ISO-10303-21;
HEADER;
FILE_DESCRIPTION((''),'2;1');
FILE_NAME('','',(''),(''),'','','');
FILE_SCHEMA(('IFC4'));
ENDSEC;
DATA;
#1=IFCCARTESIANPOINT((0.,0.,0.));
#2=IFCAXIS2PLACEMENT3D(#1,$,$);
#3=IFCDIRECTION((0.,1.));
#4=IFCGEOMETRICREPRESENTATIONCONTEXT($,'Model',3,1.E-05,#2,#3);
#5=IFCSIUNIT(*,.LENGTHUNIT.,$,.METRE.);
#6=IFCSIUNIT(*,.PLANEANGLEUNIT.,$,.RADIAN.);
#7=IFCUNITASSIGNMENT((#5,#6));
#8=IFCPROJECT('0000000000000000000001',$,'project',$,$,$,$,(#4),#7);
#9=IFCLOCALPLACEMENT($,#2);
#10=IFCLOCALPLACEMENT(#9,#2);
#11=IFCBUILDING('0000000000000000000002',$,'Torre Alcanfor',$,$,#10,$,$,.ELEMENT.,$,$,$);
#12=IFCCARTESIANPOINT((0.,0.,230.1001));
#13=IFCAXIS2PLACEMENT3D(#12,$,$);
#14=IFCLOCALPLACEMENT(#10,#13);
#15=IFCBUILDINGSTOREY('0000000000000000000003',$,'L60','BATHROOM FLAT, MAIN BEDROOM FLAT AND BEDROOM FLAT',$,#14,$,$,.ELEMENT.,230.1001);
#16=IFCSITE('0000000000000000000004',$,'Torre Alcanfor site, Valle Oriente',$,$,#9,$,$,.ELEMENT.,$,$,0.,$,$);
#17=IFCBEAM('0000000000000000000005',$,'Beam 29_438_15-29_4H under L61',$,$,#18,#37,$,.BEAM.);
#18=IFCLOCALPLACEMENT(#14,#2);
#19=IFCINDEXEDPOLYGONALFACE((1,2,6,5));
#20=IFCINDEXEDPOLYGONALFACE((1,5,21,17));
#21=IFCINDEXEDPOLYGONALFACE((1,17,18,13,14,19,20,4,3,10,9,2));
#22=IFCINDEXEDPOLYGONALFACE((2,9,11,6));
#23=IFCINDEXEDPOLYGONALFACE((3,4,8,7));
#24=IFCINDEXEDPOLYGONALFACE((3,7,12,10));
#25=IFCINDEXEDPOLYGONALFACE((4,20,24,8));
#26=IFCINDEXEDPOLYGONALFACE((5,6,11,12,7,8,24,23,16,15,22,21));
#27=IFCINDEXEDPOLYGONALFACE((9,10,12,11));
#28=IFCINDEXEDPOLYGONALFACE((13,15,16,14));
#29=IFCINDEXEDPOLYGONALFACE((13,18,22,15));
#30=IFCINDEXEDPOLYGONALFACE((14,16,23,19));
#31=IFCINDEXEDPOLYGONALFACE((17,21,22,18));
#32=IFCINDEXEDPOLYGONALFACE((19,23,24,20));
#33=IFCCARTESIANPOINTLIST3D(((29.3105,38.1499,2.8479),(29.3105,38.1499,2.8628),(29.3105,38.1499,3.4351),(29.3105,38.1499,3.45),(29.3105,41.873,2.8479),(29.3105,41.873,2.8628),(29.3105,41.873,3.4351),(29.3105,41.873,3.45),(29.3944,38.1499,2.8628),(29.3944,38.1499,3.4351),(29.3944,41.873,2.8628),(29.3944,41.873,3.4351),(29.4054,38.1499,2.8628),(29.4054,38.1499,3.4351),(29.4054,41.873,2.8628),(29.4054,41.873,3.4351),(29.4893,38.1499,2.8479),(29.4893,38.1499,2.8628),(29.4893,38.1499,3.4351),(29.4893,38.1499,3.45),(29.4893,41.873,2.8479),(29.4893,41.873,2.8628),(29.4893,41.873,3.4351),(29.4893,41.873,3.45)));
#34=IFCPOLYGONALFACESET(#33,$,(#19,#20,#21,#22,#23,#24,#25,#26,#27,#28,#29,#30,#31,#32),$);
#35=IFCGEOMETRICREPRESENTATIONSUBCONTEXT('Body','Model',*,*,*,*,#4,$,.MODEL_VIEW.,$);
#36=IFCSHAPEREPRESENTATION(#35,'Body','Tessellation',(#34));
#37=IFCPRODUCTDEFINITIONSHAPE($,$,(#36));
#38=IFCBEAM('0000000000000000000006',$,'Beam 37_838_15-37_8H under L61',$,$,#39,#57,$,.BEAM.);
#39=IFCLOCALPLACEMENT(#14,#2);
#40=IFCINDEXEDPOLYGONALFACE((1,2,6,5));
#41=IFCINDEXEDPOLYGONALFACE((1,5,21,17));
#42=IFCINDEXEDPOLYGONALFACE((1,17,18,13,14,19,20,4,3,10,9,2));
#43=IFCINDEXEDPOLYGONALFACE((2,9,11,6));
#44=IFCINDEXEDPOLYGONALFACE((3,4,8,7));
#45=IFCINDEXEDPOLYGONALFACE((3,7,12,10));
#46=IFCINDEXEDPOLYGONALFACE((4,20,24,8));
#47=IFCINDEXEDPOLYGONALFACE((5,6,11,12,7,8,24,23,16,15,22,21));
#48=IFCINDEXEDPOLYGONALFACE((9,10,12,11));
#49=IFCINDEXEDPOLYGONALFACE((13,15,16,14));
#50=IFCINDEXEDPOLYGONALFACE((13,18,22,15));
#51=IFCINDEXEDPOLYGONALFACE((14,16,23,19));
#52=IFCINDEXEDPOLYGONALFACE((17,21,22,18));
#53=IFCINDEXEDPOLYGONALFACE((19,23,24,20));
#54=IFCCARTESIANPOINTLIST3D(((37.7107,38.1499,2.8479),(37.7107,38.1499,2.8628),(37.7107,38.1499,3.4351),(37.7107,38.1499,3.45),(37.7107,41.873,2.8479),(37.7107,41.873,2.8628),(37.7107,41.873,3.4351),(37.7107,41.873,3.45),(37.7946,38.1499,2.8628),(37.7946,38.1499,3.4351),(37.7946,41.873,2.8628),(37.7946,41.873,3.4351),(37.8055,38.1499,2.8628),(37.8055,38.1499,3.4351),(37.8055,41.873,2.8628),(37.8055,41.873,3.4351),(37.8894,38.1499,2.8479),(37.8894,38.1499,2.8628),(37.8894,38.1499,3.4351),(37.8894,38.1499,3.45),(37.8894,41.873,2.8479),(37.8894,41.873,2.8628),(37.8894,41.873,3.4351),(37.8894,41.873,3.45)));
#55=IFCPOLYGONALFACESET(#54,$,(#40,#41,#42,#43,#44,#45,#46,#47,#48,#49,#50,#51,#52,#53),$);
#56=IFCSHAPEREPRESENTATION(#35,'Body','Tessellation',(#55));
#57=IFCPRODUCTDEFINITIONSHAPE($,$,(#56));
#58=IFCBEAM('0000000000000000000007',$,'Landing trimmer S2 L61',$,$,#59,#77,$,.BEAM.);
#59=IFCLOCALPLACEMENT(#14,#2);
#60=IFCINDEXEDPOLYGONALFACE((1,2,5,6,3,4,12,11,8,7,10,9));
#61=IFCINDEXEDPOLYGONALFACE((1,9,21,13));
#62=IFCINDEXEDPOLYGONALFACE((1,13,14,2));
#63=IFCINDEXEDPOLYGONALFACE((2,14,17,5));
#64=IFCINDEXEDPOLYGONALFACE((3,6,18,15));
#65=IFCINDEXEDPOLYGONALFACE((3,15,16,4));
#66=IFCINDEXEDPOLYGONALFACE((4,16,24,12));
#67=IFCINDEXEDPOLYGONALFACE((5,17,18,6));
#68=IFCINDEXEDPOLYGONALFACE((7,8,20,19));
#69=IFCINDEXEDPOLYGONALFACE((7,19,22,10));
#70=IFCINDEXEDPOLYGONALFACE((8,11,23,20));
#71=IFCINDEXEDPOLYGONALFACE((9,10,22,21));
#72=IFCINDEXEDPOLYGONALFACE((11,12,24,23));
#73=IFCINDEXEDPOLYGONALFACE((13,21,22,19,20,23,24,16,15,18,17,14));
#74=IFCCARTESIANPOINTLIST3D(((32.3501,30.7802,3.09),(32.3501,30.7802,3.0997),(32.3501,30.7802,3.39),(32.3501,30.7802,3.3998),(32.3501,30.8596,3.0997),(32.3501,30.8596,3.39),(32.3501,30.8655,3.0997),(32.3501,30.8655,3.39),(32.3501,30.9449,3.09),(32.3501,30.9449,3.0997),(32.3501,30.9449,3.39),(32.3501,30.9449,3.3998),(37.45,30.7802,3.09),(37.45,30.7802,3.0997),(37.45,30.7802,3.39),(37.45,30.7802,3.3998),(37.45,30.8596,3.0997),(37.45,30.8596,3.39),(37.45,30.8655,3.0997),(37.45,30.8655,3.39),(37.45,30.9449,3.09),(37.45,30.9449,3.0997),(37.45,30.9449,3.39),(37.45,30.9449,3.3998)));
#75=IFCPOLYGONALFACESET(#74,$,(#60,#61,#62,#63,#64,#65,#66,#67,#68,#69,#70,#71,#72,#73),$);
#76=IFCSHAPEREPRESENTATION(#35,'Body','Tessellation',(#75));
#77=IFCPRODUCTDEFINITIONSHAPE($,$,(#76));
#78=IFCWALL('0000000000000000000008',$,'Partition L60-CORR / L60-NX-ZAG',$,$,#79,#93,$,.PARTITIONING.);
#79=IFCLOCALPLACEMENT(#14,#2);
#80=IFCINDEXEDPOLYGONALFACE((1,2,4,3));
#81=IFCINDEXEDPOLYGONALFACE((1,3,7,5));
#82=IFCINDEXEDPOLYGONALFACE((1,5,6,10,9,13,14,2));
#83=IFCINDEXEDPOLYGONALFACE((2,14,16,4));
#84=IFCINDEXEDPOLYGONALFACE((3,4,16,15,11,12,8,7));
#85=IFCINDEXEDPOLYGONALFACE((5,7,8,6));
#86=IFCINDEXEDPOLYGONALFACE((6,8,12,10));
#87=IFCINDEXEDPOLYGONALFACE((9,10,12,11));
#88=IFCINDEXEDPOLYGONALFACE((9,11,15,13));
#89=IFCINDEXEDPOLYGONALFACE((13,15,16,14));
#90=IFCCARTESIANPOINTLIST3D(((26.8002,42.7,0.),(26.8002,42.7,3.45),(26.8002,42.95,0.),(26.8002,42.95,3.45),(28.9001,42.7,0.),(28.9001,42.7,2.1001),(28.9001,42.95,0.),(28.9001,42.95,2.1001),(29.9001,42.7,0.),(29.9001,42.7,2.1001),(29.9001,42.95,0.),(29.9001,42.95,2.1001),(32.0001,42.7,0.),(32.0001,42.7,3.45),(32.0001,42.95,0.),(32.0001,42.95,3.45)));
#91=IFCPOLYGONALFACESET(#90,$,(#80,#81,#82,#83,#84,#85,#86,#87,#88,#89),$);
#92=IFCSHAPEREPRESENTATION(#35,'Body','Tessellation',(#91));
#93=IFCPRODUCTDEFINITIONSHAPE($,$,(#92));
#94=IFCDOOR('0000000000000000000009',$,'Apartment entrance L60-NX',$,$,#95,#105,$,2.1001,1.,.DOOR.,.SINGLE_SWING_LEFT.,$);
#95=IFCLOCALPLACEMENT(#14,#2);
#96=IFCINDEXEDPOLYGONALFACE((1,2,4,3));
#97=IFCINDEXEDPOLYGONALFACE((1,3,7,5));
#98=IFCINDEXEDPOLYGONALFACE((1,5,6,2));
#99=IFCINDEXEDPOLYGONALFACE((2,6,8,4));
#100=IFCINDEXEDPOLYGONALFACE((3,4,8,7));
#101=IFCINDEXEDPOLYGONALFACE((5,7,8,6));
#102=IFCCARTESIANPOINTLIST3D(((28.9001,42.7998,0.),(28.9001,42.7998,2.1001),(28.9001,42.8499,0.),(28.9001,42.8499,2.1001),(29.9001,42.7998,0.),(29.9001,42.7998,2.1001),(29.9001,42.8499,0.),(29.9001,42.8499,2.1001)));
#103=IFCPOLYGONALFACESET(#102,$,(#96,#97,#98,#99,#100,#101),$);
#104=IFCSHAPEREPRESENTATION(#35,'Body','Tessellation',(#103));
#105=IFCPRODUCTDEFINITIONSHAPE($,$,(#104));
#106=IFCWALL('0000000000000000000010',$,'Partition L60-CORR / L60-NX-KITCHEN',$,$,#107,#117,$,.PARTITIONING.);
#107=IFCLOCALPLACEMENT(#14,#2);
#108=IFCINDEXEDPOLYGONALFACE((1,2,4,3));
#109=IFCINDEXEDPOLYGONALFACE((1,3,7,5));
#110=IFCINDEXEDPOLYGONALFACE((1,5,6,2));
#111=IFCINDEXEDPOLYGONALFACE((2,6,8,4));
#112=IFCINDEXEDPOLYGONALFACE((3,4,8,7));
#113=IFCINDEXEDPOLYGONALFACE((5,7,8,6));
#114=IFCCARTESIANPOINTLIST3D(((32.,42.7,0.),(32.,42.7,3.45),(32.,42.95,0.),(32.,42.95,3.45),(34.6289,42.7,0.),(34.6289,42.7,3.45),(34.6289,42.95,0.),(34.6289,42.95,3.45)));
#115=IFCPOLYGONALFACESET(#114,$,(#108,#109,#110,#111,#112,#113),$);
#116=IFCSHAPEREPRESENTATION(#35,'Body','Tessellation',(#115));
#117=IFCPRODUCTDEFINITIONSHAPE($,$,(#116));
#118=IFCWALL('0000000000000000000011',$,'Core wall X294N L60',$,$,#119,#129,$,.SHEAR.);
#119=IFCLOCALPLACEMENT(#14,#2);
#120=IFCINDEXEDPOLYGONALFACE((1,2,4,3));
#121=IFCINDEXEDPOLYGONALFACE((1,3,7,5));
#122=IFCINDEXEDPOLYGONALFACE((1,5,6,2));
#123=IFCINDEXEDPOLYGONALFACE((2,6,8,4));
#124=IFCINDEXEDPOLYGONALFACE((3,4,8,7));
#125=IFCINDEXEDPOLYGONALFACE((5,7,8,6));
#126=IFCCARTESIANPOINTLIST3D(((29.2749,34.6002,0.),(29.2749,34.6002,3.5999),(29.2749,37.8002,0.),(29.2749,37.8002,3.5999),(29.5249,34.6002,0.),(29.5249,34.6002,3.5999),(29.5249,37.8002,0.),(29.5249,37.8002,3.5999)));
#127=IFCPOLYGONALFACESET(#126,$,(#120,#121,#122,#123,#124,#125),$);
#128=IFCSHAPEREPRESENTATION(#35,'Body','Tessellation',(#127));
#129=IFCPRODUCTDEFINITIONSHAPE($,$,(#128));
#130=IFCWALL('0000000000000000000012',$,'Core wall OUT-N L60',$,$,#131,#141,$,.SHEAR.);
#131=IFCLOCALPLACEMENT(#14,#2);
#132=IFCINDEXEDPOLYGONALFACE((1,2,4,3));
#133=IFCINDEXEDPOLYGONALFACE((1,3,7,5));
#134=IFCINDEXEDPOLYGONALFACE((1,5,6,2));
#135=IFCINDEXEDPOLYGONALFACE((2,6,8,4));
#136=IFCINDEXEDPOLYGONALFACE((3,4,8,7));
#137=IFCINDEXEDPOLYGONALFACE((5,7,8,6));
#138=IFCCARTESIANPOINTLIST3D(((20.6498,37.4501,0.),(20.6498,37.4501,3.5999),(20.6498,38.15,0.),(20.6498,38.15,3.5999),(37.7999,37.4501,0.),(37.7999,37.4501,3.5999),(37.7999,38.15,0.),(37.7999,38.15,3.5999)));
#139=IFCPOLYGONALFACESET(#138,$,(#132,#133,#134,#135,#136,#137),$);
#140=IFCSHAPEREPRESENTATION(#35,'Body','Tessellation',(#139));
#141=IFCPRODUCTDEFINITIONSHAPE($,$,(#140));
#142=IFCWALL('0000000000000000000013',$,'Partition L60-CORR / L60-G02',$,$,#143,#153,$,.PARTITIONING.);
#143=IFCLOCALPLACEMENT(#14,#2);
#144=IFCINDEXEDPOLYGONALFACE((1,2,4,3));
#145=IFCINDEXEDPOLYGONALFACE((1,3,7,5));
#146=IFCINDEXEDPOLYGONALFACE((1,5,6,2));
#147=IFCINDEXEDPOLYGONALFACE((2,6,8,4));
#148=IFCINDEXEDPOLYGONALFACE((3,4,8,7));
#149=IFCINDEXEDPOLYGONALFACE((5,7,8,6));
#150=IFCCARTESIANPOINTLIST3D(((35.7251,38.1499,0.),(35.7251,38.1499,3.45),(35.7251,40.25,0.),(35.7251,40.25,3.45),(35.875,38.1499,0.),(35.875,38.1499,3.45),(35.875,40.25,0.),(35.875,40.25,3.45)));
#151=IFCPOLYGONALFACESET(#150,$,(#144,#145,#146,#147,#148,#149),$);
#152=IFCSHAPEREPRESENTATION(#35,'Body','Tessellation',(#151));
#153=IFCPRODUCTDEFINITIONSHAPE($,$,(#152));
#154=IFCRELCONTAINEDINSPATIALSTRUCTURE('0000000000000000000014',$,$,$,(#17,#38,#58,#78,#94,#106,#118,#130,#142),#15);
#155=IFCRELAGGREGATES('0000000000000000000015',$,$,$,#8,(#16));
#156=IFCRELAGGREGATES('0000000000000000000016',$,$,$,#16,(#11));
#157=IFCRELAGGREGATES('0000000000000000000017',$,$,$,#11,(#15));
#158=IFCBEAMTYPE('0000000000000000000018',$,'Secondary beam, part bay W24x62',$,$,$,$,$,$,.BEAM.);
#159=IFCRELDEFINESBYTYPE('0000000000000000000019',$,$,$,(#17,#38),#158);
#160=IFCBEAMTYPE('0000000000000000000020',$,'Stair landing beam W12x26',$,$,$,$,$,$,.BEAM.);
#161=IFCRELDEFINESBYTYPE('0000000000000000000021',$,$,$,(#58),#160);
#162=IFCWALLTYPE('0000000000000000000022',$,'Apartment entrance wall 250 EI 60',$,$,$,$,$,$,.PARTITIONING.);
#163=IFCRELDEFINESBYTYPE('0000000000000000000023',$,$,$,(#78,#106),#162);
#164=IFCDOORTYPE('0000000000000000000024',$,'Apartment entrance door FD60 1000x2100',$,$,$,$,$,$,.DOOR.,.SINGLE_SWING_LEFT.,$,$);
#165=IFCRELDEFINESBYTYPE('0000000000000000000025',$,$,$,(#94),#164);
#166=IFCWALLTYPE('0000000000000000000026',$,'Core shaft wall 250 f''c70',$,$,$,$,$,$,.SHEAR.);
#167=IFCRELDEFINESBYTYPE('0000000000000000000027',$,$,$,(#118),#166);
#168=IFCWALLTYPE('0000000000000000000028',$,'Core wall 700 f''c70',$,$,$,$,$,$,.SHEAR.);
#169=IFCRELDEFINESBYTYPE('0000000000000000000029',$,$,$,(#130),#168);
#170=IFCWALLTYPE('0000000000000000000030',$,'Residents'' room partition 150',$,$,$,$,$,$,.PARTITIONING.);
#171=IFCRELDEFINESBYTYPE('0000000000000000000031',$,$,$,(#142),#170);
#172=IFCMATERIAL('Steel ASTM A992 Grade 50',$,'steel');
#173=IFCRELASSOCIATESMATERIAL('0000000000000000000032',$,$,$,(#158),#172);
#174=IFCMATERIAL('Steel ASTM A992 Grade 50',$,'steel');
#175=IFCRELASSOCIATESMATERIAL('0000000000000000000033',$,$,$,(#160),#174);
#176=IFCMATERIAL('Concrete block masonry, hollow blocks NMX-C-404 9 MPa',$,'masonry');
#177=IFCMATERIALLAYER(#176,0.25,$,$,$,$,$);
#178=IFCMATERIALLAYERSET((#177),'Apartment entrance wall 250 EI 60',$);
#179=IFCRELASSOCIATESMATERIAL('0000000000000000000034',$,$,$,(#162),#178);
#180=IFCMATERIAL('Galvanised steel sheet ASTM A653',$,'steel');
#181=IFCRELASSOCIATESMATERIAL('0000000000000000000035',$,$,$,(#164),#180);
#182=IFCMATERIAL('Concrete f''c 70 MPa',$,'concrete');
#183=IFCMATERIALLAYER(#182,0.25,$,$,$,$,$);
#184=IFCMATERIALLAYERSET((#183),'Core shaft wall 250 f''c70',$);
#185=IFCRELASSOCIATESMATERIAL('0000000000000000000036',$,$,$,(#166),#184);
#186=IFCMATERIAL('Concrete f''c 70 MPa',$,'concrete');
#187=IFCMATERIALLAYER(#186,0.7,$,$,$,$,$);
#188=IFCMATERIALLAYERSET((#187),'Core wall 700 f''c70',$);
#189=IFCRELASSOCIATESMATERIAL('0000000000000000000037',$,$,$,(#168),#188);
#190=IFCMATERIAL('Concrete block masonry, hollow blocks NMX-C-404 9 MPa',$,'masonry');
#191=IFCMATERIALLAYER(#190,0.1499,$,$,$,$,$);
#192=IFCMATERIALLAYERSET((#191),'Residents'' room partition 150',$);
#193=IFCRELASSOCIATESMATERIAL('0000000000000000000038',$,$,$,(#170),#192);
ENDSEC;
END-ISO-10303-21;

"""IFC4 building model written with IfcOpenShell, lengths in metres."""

from ifc_helpers import new_model, si_unit, direction, frame, frame_2d, origin, origin_2d, place, context, subcontext, project, spatial, rectangle, i_section, extrude, material, layer, layer_set, material_profile, profile_set, type_object, element, fill, save


model = new_model("IFC4")

# Units and contexts
model_context = context("Model", 3, precision=1e-05, world=origin(), true_north=direction((0.0, 1.0)))
body_context = subcontext(model_context, "Body", "Model", "MODEL_VIEW")
ifc_project = project(units=[si_unit("LENGTHUNIT", "METRE"), si_unit("PLANEANGLEUNIT", "RADIAN")], contexts=[model_context])

# Site, building, storey
site_placement = place(None, origin())
site = spatial("IfcSite", under=ifc_project, at=site_placement, Name="Torre Alcanfor site, Valle Oriente", CompositionType="ELEMENT", RefElevation=0.0)
building_placement = place(site_placement, origin())
building = spatial("IfcBuilding", under=site, at=building_placement, Name="Torre Alcanfor", CompositionType="ELEMENT")
storey_placement = place(building_placement, frame((0.0, 0.0, 230.1001)))
storey = spatial("IfcBuildingStorey", under=building, at=storey_placement, Name="L60", Description="BATHROOM FLAT, MAIN BEDROOM FLAT AND BEDROOM FLAT", CompositionType="ELEMENT", Elevation=230.1001)

# Beams
ifc_material_1 = material(Name="Steel ASTM A992 Grade 50", Category="steel")
ifc_material_profile_1 = material_profile(ifc_material_1, i_section(OverallWidth=0.1787, OverallDepth=0.6021, WebThickness=0.011, FlangeThickness=0.0149, at=origin_2d()), Name="W24x62")
ifc_profile_set_1 = profile_set([ifc_material_profile_1], Name="Steel ASTM A992 Grade 50")
beam_type_1 = type_object("IfcBeamType", Name="Secondary beam, part bay W24x62", PredefinedType="BEAM", material=ifc_profile_set_1)
for number, where, z_axis, x_axis, name in (
    (1, (29.3999, 38.1499, 3.1489), (0.0, 1.0, 0.0), (-1.0, 0.0, 0.0), "Beam 29_438_15-29_4H under L61"),
    (2, (37.8, 38.1499, 3.1489), (0.0, 1.0, 0.0), (-1.0, 0.0, 0.0), "Beam 37_838_15-37_8H under L61"),
):
    element("IfcBeam", number, at=place(storey_placement, frame(where, z_axis=z_axis, x_axis=x_axis)), inside=storey, type_object=beam_type_1, Name=name, PredefinedType="BEAM", context=body_context, shape_type="SweptSolid", body=[
        extrude(i_section(OverallWidth=0.1787, OverallDepth=0.6021, WebThickness=0.011, FlangeThickness=0.0149, at=origin_2d()), origin(), (0.0, 0.0, 1.0), 3.7231),
    ])
ifc_material_2 = material(Name="Steel ASTM A992 Grade 50", Category="steel")
ifc_material_profile_2 = material_profile(ifc_material_2, i_section(OverallWidth=0.1648, OverallDepth=0.3098, WebThickness=0.0059, FlangeThickness=0.0098, at=origin_2d()), Name="W12x26")
ifc_profile_set_2 = profile_set([ifc_material_profile_2], Name="Steel ASTM A992 Grade 50")
beam_type_2 = type_object("IfcBeamType", Name="Stair landing beam W12x26", PredefinedType="BEAM", material=ifc_profile_set_2)
beam_1_placement = place(storey_placement, frame((32.3501, 30.8625, 3.2449), z_axis=(1.0, 0.0, 0.0), x_axis=(0.0, 1.0, 0.0)))
element("IfcBeam", 3, at=beam_1_placement, inside=storey, type_object=beam_type_2, Name="Landing trimmer S2 L61", PredefinedType="BEAM", context=body_context, shape_type="SweptSolid", body=[
    extrude(i_section(OverallWidth=0.1648, OverallDepth=0.3098, WebThickness=0.0059, FlangeThickness=0.0098, at=origin_2d()), origin(), (0.0, 0.0, 1.0), 5.0999),
])

# Wall, opening, door
ifc_material_3 = material(Name="Concrete block masonry, hollow blocks NMX-C-404 9 MPa", Category="masonry")
ifc_layer_1 = layer(ifc_material_3, 0.25)
ifc_layer_set_1 = layer_set([ifc_layer_1], Name="Apartment entrance wall 250 EI 60")
wall_type_1 = type_object("IfcWallType", Name="Apartment entrance wall 250 EI 60", PredefinedType="PARTITIONING", material=ifc_layer_set_1)
wall_1_placement = place(storey_placement, frame((26.8, 42.825, 0.0), z_axis=(0.0, 0.0, 1.0), x_axis=(1.0, 0.0, 0.0)))
wall_1 = element("IfcWall", 4, at=wall_1_placement, inside=storey, type_object=wall_type_1, Name="Partition L60-CORR / L60-NX-ZAG", PredefinedType="PARTITIONING", context=body_context, shape_type="SweptSolid", body=[
    extrude(rectangle(XDim=5.2, YDim=0.25, at=frame_2d((2.6001, 0.0))), origin(), (0.0, 0.0, 1.0), 3.45),
])
opening_placement = place(wall_1_placement, frame((2.1001, 0.0, 0.0)))
opening = element("IfcOpeningElement", 5, at=opening_placement, cuts=wall_1, PredefinedType="OPENING", context=body_context, shape_type="SweptSolid", body=[
    extrude(rectangle(XDim=1.0, YDim=2.1001, at=frame_2d((0.5, 1.05))), frame((0.0, 0.135, 0.0), z_axis=(0.0, -1.0, 0.0), x_axis=(1.0, 0.0, 0.0)), (0.0, 0.0, 1.0), 0.27),
])
ifc_material_4 = material(Name="Galvanised steel sheet ASTM A653", Category="steel")
door_type = type_object("IfcDoorType", Name="Apartment entrance door FD60 1000x2100", OperationType="SINGLE_SWING_LEFT", PredefinedType="DOOR", material=ifc_material_4)
door_placement = place(opening_placement, origin())
door = element("IfcDoor", 6, at=door_placement, inside=storey, type_object=door_type, Name="Apartment entrance L60-NX", OperationType="SINGLE_SWING_LEFT", OverallHeight=2.1001, OverallWidth=1.0, PredefinedType="DOOR", context=body_context, shape_type="SweptSolid", body=[
    extrude(rectangle(XDim=1.0, YDim=2.1001, at=frame_2d((0.5, 1.05))), frame((0.0, 0.0249, 0.0), z_axis=(0.0, -1.0, 0.0), x_axis=(1.0, 0.0, 0.0)), (0.0, 0.0, 1.0), 0.05),
])
fill(opening, door)

# Walls
wall_2_placement = place(storey_placement, frame((32.0, 42.825, 0.0), z_axis=(0.0, 0.0, 1.0), x_axis=(1.0, 0.0, 0.0)))
element("IfcWall", 7, at=wall_2_placement, inside=storey, type_object=wall_type_1, Name="Partition L60-CORR / L60-NX-KITCHEN", PredefinedType="PARTITIONING", context=body_context, shape_type="SweptSolid", body=[
    extrude(rectangle(XDim=2.6289, YDim=0.25, at=frame_2d((1.3145, 0.0))), origin(), (0.0, 0.0, 1.0), 3.45),
])
ifc_material_5 = material(Name="Concrete f'c 70 MPa", Category="concrete")
ifc_layer_2 = layer(ifc_material_5, 0.25)
ifc_layer_set_2 = layer_set([ifc_layer_2], Name="Core shaft wall 250 f'c70")
wall_type_2 = type_object("IfcWallType", Name="Core shaft wall 250 f'c70", PredefinedType="SHEAR", material=ifc_layer_set_2)
wall_3_placement = place(storey_placement, frame((29.3999, 34.6001, 0.0), z_axis=(0.0, 0.0, 1.0), x_axis=(0.0, 1.0, 0.0)))
element("IfcWall", 8, at=wall_3_placement, inside=storey, type_object=wall_type_2, Name="Core wall X294N L60", PredefinedType="SHEAR", context=body_context, shape_type="SweptSolid", body=[
    extrude(rectangle(XDim=3.2, YDim=0.25, at=frame_2d((1.6001, 0.0))), origin(), (0.0, 0.0, 1.0), 3.5999),
])
ifc_material_6 = material(Name="Concrete f'c 70 MPa", Category="concrete")
ifc_layer_3 = layer(ifc_material_6, 0.7)
ifc_layer_set_3 = layer_set([ifc_layer_3], Name="Core wall 700 f'c70")
wall_type_3 = type_object("IfcWallType", Name="Core wall 700 f'c70", PredefinedType="SHEAR", material=ifc_layer_set_3)
wall_4_placement = place(storey_placement, frame((37.8, 37.8, 0.0), z_axis=(0.0, 0.0, 1.0), x_axis=(-1.0, 0.0, 0.0)))
element("IfcWall", 9, at=wall_4_placement, inside=storey, type_object=wall_type_3, Name="Core wall OUT-N L60", PredefinedType="SHEAR", context=body_context, shape_type="SweptSolid", body=[
    extrude(rectangle(XDim=17.1501, YDim=0.7, at=frame_2d((8.5752, 0.0))), origin(), (0.0, 0.0, 1.0), 3.5999),
])
ifc_material_7 = material(Name="Concrete block masonry, hollow blocks NMX-C-404 9 MPa", Category="masonry")
ifc_layer_4 = layer(ifc_material_7, 0.1499)
ifc_layer_set_4 = layer_set([ifc_layer_4], Name="Residents' room partition 150")
wall_type_4 = type_object("IfcWallType", Name="Residents' room partition 150", PredefinedType="PARTITIONING", material=ifc_layer_set_4)
wall_5_placement = place(storey_placement, frame((35.8, 40.25, 0.0), z_axis=(0.0, 0.0, 1.0), x_axis=(0.0, -1.0, 0.0)))
element("IfcWall", 10, at=wall_5_placement, inside=storey, type_object=wall_type_4, Name="Partition L60-CORR / L60-G02", PredefinedType="PARTITIONING", context=body_context, shape_type="SweptSolid", body=[
    extrude(rectangle(XDim=2.1001, YDim=0.1499, at=frame_2d((1.05, 0.0))), origin(), (0.0, 0.0, 1.0), 3.45),
])

save(model, "model.ifc")
